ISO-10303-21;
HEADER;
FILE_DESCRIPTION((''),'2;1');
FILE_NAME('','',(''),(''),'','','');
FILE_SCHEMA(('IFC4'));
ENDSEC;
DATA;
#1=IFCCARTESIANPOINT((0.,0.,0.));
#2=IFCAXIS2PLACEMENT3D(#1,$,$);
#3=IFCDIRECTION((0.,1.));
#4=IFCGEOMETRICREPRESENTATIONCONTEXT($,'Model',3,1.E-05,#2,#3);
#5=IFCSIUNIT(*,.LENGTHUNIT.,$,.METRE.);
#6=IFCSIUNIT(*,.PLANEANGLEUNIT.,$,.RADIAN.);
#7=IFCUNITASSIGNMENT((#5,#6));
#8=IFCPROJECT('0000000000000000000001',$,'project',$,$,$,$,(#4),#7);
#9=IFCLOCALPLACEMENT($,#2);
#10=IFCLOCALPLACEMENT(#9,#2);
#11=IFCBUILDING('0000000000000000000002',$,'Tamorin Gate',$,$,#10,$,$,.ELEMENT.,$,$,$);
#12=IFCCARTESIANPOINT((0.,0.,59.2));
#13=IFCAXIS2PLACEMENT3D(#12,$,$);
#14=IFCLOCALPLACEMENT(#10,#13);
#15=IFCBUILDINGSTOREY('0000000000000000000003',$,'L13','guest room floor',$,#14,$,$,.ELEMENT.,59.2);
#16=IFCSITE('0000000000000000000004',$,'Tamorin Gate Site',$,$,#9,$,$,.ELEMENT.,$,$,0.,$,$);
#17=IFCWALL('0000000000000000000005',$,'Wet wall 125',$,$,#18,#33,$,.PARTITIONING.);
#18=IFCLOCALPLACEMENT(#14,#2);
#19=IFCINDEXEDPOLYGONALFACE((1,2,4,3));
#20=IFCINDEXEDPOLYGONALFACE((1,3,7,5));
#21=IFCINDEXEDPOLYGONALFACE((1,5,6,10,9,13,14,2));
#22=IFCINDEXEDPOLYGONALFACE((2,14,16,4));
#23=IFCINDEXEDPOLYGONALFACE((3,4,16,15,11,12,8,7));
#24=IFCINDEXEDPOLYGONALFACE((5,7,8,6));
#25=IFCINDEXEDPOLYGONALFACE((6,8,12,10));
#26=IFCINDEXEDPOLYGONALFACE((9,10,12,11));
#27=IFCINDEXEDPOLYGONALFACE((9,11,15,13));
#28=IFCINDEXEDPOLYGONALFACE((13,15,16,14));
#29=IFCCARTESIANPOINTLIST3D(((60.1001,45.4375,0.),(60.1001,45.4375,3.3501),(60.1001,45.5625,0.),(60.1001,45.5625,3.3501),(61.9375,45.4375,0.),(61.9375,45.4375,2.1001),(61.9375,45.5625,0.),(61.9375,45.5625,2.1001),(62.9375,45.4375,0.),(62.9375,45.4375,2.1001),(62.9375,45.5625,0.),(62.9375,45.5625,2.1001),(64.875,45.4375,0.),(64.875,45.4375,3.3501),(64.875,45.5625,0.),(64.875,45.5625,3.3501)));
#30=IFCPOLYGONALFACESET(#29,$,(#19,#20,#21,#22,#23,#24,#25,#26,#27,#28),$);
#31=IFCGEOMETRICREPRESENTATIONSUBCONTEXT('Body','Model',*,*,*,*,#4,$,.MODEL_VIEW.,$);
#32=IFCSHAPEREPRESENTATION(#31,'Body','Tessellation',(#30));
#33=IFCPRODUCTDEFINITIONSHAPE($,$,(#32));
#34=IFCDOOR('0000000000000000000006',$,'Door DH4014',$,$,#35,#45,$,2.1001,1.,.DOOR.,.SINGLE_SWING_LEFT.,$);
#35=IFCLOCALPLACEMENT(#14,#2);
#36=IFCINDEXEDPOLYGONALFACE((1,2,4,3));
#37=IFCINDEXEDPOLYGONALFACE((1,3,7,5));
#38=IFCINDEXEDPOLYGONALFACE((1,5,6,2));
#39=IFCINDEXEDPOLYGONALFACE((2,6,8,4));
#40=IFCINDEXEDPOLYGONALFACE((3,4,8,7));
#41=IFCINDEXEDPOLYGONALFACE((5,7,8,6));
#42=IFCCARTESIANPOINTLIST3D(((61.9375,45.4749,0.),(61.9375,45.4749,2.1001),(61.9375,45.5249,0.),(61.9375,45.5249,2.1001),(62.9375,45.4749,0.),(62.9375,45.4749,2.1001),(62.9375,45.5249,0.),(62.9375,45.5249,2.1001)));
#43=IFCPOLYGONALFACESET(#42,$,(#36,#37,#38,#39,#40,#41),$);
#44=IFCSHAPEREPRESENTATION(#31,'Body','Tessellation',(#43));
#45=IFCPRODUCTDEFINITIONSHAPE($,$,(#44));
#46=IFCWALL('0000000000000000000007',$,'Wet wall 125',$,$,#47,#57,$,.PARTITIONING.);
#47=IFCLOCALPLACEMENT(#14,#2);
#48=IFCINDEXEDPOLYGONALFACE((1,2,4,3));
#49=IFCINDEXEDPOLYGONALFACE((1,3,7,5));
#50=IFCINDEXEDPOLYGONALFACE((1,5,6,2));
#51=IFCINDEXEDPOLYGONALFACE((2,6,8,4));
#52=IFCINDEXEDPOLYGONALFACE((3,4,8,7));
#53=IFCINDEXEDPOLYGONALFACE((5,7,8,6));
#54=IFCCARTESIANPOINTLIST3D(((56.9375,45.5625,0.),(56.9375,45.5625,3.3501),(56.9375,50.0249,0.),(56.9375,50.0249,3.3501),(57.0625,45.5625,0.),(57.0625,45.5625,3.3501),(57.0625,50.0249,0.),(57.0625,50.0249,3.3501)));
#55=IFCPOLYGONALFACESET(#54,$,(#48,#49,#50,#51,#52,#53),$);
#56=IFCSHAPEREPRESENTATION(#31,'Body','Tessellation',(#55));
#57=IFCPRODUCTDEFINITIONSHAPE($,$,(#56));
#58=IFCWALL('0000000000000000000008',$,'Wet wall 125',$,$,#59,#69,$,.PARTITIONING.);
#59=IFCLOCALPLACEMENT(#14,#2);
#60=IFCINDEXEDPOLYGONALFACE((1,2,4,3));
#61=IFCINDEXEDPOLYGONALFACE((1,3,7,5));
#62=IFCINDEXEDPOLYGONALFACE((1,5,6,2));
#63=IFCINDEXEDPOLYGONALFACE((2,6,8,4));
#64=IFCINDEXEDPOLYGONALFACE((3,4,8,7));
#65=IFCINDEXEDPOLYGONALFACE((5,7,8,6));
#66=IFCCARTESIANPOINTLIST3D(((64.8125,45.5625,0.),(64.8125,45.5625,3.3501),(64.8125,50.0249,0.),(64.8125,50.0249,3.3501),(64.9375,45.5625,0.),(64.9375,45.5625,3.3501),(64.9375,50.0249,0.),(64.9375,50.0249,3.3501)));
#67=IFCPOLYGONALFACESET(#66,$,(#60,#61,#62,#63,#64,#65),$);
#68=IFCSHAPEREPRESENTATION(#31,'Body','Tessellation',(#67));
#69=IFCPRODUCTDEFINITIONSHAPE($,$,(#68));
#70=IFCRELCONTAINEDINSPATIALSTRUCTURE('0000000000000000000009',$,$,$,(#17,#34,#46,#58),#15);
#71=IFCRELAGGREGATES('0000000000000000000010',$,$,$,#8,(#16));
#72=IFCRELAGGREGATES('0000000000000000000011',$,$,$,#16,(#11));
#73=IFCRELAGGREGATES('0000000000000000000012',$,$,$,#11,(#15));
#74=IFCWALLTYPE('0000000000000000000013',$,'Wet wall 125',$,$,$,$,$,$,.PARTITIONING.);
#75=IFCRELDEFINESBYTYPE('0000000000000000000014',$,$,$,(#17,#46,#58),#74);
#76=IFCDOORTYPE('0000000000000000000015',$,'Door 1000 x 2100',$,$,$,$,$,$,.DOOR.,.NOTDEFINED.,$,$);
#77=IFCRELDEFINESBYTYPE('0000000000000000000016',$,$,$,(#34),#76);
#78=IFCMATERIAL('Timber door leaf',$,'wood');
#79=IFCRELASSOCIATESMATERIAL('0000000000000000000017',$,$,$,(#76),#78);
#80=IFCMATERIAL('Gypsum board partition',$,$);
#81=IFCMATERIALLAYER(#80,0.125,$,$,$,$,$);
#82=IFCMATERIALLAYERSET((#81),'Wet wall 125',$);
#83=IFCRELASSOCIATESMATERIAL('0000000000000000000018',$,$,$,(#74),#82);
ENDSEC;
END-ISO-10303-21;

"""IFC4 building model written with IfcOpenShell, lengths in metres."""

from ifc_helpers import new_model, si_unit, direction, frame, frame_2d, origin, place, context, subcontext, project, spatial, rectangle, extrude, material, layer, layer_set, type_object, element, fill, save


model = new_model("IFC4")

# Units and contexts
model_context = context("Model", 3, precision=1e-05, world=origin(), true_north=direction((0.0, 1.0)))
body_context = subcontext(model_context, "Body", "Model", "MODEL_VIEW")
ifc_project = project(units=[si_unit("LENGTHUNIT", "METRE"), si_unit("PLANEANGLEUNIT", "RADIAN")], contexts=[model_context])

# Site, building, storey
site_placement = place(None, origin())
site = spatial("IfcSite", under=ifc_project, at=site_placement, Name="Tamorin Gate Site", CompositionType="ELEMENT", RefElevation=0.0)
building_placement = place(site_placement, origin())
building = spatial("IfcBuilding", under=site, at=building_placement, Name="Tamorin Gate", CompositionType="ELEMENT")
storey_placement = place(building_placement, frame((0.0, 0.0, 59.2)))
storey = spatial("IfcBuildingStorey", under=building, at=storey_placement, Name="L13", Description="guest room floor", CompositionType="ELEMENT", Elevation=59.2)

# Shared definitions
ifc_material_1 = material(Name="Gypsum board partition")
ifc_material_2 = material(Name="Timber door leaf", Category="wood")

# Shared definitions
door_type_1 = type_object("IfcDoorType", Name="Door 1000 x 2100", OperationType="NOTDEFINED", PredefinedType="DOOR", material=ifc_material_2)

# Wall, opening, door
ifc_layer_1 = layer(ifc_material_1, 0.125)
ifc_layer_set_1 = layer_set([ifc_layer_1], Name="Wet wall 125")
wall_type_1 = type_object("IfcWallType", Name="Wet wall 125", PredefinedType="PARTITIONING", material=ifc_layer_set_1)
wall_1_placement = place(storey_placement, frame((60.1001, 45.5, 0.0), z_axis=(0.0, 0.0, 1.0), x_axis=(1.0, 0.0, 0.0)))
wall_1 = element("IfcWall", 1, at=wall_1_placement, inside=storey, type_object=wall_type_1, Name="Wet wall 125", PredefinedType="PARTITIONING", context=body_context, shape_type="SweptSolid", body=[
    extrude(rectangle(XDim=4.7749, YDim=0.125, at=frame_2d((2.3875, 0.0))), origin(), (0.0, 0.0, 1.0), 3.3501),
])
opening_1_placement = place(wall_1_placement, frame((1.8374, 0.0, 0.0)))
opening_1 = element("IfcOpeningElement", 2, at=opening_1_placement, cuts=wall_1, PredefinedType="OPENING", context=body_context, shape_type="SweptSolid", body=[
    extrude(rectangle(XDim=1.0, YDim=2.1001, at=frame_2d((0.5, 1.05))), frame((0.0, 0.0725, 0.0), z_axis=(0.0, -1.0, 0.0), x_axis=(1.0, 0.0, 0.0)), (0.0, 0.0, 1.0), 0.145),
])
door_1_placement = place(opening_1_placement, origin())
door_1 = element("IfcDoor", 3, at=door_1_placement, inside=storey, type_object=door_type_1, Name="Door DH4014", OperationType="SINGLE_SWING_LEFT", OverallHeight=2.1001, OverallWidth=1.0, PredefinedType="DOOR", context=body_context, shape_type="SweptSolid", body=[
    extrude(rectangle(XDim=1.0, YDim=2.1001, at=frame_2d((0.5, 1.05))), frame((0.0, 0.0249, 0.0), z_axis=(0.0, -1.0, 0.0), x_axis=(1.0, 0.0, 0.0)), (0.0, 0.0, 1.0), 0.05),
])
fill(opening_1, door_1)

# Walls
for number, where, z_axis, x_axis, name in (
    (4, (57.0, 45.5625, 0.0), (0.0, 0.0, 1.0), (0.0, 1.0, 0.0), "Wet wall 125"),
    (5, (64.875, 45.5625, 0.0), (0.0, 0.0, 1.0), (0.0, 1.0, 0.0), "Wet wall 125"),
):
    element("IfcWall", number, at=place(storey_placement, frame(where, z_axis=z_axis, x_axis=x_axis)), inside=storey, type_object=wall_type_1, Name=name, PredefinedType="PARTITIONING", context=body_context, shape_type="SweptSolid", body=[
        extrude(rectangle(XDim=4.4624, YDim=0.125, at=frame_2d((2.2312, 0.0))), origin(), (0.0, 0.0, 1.0), 3.3501),
    ])

save(model, "model.ifc")
